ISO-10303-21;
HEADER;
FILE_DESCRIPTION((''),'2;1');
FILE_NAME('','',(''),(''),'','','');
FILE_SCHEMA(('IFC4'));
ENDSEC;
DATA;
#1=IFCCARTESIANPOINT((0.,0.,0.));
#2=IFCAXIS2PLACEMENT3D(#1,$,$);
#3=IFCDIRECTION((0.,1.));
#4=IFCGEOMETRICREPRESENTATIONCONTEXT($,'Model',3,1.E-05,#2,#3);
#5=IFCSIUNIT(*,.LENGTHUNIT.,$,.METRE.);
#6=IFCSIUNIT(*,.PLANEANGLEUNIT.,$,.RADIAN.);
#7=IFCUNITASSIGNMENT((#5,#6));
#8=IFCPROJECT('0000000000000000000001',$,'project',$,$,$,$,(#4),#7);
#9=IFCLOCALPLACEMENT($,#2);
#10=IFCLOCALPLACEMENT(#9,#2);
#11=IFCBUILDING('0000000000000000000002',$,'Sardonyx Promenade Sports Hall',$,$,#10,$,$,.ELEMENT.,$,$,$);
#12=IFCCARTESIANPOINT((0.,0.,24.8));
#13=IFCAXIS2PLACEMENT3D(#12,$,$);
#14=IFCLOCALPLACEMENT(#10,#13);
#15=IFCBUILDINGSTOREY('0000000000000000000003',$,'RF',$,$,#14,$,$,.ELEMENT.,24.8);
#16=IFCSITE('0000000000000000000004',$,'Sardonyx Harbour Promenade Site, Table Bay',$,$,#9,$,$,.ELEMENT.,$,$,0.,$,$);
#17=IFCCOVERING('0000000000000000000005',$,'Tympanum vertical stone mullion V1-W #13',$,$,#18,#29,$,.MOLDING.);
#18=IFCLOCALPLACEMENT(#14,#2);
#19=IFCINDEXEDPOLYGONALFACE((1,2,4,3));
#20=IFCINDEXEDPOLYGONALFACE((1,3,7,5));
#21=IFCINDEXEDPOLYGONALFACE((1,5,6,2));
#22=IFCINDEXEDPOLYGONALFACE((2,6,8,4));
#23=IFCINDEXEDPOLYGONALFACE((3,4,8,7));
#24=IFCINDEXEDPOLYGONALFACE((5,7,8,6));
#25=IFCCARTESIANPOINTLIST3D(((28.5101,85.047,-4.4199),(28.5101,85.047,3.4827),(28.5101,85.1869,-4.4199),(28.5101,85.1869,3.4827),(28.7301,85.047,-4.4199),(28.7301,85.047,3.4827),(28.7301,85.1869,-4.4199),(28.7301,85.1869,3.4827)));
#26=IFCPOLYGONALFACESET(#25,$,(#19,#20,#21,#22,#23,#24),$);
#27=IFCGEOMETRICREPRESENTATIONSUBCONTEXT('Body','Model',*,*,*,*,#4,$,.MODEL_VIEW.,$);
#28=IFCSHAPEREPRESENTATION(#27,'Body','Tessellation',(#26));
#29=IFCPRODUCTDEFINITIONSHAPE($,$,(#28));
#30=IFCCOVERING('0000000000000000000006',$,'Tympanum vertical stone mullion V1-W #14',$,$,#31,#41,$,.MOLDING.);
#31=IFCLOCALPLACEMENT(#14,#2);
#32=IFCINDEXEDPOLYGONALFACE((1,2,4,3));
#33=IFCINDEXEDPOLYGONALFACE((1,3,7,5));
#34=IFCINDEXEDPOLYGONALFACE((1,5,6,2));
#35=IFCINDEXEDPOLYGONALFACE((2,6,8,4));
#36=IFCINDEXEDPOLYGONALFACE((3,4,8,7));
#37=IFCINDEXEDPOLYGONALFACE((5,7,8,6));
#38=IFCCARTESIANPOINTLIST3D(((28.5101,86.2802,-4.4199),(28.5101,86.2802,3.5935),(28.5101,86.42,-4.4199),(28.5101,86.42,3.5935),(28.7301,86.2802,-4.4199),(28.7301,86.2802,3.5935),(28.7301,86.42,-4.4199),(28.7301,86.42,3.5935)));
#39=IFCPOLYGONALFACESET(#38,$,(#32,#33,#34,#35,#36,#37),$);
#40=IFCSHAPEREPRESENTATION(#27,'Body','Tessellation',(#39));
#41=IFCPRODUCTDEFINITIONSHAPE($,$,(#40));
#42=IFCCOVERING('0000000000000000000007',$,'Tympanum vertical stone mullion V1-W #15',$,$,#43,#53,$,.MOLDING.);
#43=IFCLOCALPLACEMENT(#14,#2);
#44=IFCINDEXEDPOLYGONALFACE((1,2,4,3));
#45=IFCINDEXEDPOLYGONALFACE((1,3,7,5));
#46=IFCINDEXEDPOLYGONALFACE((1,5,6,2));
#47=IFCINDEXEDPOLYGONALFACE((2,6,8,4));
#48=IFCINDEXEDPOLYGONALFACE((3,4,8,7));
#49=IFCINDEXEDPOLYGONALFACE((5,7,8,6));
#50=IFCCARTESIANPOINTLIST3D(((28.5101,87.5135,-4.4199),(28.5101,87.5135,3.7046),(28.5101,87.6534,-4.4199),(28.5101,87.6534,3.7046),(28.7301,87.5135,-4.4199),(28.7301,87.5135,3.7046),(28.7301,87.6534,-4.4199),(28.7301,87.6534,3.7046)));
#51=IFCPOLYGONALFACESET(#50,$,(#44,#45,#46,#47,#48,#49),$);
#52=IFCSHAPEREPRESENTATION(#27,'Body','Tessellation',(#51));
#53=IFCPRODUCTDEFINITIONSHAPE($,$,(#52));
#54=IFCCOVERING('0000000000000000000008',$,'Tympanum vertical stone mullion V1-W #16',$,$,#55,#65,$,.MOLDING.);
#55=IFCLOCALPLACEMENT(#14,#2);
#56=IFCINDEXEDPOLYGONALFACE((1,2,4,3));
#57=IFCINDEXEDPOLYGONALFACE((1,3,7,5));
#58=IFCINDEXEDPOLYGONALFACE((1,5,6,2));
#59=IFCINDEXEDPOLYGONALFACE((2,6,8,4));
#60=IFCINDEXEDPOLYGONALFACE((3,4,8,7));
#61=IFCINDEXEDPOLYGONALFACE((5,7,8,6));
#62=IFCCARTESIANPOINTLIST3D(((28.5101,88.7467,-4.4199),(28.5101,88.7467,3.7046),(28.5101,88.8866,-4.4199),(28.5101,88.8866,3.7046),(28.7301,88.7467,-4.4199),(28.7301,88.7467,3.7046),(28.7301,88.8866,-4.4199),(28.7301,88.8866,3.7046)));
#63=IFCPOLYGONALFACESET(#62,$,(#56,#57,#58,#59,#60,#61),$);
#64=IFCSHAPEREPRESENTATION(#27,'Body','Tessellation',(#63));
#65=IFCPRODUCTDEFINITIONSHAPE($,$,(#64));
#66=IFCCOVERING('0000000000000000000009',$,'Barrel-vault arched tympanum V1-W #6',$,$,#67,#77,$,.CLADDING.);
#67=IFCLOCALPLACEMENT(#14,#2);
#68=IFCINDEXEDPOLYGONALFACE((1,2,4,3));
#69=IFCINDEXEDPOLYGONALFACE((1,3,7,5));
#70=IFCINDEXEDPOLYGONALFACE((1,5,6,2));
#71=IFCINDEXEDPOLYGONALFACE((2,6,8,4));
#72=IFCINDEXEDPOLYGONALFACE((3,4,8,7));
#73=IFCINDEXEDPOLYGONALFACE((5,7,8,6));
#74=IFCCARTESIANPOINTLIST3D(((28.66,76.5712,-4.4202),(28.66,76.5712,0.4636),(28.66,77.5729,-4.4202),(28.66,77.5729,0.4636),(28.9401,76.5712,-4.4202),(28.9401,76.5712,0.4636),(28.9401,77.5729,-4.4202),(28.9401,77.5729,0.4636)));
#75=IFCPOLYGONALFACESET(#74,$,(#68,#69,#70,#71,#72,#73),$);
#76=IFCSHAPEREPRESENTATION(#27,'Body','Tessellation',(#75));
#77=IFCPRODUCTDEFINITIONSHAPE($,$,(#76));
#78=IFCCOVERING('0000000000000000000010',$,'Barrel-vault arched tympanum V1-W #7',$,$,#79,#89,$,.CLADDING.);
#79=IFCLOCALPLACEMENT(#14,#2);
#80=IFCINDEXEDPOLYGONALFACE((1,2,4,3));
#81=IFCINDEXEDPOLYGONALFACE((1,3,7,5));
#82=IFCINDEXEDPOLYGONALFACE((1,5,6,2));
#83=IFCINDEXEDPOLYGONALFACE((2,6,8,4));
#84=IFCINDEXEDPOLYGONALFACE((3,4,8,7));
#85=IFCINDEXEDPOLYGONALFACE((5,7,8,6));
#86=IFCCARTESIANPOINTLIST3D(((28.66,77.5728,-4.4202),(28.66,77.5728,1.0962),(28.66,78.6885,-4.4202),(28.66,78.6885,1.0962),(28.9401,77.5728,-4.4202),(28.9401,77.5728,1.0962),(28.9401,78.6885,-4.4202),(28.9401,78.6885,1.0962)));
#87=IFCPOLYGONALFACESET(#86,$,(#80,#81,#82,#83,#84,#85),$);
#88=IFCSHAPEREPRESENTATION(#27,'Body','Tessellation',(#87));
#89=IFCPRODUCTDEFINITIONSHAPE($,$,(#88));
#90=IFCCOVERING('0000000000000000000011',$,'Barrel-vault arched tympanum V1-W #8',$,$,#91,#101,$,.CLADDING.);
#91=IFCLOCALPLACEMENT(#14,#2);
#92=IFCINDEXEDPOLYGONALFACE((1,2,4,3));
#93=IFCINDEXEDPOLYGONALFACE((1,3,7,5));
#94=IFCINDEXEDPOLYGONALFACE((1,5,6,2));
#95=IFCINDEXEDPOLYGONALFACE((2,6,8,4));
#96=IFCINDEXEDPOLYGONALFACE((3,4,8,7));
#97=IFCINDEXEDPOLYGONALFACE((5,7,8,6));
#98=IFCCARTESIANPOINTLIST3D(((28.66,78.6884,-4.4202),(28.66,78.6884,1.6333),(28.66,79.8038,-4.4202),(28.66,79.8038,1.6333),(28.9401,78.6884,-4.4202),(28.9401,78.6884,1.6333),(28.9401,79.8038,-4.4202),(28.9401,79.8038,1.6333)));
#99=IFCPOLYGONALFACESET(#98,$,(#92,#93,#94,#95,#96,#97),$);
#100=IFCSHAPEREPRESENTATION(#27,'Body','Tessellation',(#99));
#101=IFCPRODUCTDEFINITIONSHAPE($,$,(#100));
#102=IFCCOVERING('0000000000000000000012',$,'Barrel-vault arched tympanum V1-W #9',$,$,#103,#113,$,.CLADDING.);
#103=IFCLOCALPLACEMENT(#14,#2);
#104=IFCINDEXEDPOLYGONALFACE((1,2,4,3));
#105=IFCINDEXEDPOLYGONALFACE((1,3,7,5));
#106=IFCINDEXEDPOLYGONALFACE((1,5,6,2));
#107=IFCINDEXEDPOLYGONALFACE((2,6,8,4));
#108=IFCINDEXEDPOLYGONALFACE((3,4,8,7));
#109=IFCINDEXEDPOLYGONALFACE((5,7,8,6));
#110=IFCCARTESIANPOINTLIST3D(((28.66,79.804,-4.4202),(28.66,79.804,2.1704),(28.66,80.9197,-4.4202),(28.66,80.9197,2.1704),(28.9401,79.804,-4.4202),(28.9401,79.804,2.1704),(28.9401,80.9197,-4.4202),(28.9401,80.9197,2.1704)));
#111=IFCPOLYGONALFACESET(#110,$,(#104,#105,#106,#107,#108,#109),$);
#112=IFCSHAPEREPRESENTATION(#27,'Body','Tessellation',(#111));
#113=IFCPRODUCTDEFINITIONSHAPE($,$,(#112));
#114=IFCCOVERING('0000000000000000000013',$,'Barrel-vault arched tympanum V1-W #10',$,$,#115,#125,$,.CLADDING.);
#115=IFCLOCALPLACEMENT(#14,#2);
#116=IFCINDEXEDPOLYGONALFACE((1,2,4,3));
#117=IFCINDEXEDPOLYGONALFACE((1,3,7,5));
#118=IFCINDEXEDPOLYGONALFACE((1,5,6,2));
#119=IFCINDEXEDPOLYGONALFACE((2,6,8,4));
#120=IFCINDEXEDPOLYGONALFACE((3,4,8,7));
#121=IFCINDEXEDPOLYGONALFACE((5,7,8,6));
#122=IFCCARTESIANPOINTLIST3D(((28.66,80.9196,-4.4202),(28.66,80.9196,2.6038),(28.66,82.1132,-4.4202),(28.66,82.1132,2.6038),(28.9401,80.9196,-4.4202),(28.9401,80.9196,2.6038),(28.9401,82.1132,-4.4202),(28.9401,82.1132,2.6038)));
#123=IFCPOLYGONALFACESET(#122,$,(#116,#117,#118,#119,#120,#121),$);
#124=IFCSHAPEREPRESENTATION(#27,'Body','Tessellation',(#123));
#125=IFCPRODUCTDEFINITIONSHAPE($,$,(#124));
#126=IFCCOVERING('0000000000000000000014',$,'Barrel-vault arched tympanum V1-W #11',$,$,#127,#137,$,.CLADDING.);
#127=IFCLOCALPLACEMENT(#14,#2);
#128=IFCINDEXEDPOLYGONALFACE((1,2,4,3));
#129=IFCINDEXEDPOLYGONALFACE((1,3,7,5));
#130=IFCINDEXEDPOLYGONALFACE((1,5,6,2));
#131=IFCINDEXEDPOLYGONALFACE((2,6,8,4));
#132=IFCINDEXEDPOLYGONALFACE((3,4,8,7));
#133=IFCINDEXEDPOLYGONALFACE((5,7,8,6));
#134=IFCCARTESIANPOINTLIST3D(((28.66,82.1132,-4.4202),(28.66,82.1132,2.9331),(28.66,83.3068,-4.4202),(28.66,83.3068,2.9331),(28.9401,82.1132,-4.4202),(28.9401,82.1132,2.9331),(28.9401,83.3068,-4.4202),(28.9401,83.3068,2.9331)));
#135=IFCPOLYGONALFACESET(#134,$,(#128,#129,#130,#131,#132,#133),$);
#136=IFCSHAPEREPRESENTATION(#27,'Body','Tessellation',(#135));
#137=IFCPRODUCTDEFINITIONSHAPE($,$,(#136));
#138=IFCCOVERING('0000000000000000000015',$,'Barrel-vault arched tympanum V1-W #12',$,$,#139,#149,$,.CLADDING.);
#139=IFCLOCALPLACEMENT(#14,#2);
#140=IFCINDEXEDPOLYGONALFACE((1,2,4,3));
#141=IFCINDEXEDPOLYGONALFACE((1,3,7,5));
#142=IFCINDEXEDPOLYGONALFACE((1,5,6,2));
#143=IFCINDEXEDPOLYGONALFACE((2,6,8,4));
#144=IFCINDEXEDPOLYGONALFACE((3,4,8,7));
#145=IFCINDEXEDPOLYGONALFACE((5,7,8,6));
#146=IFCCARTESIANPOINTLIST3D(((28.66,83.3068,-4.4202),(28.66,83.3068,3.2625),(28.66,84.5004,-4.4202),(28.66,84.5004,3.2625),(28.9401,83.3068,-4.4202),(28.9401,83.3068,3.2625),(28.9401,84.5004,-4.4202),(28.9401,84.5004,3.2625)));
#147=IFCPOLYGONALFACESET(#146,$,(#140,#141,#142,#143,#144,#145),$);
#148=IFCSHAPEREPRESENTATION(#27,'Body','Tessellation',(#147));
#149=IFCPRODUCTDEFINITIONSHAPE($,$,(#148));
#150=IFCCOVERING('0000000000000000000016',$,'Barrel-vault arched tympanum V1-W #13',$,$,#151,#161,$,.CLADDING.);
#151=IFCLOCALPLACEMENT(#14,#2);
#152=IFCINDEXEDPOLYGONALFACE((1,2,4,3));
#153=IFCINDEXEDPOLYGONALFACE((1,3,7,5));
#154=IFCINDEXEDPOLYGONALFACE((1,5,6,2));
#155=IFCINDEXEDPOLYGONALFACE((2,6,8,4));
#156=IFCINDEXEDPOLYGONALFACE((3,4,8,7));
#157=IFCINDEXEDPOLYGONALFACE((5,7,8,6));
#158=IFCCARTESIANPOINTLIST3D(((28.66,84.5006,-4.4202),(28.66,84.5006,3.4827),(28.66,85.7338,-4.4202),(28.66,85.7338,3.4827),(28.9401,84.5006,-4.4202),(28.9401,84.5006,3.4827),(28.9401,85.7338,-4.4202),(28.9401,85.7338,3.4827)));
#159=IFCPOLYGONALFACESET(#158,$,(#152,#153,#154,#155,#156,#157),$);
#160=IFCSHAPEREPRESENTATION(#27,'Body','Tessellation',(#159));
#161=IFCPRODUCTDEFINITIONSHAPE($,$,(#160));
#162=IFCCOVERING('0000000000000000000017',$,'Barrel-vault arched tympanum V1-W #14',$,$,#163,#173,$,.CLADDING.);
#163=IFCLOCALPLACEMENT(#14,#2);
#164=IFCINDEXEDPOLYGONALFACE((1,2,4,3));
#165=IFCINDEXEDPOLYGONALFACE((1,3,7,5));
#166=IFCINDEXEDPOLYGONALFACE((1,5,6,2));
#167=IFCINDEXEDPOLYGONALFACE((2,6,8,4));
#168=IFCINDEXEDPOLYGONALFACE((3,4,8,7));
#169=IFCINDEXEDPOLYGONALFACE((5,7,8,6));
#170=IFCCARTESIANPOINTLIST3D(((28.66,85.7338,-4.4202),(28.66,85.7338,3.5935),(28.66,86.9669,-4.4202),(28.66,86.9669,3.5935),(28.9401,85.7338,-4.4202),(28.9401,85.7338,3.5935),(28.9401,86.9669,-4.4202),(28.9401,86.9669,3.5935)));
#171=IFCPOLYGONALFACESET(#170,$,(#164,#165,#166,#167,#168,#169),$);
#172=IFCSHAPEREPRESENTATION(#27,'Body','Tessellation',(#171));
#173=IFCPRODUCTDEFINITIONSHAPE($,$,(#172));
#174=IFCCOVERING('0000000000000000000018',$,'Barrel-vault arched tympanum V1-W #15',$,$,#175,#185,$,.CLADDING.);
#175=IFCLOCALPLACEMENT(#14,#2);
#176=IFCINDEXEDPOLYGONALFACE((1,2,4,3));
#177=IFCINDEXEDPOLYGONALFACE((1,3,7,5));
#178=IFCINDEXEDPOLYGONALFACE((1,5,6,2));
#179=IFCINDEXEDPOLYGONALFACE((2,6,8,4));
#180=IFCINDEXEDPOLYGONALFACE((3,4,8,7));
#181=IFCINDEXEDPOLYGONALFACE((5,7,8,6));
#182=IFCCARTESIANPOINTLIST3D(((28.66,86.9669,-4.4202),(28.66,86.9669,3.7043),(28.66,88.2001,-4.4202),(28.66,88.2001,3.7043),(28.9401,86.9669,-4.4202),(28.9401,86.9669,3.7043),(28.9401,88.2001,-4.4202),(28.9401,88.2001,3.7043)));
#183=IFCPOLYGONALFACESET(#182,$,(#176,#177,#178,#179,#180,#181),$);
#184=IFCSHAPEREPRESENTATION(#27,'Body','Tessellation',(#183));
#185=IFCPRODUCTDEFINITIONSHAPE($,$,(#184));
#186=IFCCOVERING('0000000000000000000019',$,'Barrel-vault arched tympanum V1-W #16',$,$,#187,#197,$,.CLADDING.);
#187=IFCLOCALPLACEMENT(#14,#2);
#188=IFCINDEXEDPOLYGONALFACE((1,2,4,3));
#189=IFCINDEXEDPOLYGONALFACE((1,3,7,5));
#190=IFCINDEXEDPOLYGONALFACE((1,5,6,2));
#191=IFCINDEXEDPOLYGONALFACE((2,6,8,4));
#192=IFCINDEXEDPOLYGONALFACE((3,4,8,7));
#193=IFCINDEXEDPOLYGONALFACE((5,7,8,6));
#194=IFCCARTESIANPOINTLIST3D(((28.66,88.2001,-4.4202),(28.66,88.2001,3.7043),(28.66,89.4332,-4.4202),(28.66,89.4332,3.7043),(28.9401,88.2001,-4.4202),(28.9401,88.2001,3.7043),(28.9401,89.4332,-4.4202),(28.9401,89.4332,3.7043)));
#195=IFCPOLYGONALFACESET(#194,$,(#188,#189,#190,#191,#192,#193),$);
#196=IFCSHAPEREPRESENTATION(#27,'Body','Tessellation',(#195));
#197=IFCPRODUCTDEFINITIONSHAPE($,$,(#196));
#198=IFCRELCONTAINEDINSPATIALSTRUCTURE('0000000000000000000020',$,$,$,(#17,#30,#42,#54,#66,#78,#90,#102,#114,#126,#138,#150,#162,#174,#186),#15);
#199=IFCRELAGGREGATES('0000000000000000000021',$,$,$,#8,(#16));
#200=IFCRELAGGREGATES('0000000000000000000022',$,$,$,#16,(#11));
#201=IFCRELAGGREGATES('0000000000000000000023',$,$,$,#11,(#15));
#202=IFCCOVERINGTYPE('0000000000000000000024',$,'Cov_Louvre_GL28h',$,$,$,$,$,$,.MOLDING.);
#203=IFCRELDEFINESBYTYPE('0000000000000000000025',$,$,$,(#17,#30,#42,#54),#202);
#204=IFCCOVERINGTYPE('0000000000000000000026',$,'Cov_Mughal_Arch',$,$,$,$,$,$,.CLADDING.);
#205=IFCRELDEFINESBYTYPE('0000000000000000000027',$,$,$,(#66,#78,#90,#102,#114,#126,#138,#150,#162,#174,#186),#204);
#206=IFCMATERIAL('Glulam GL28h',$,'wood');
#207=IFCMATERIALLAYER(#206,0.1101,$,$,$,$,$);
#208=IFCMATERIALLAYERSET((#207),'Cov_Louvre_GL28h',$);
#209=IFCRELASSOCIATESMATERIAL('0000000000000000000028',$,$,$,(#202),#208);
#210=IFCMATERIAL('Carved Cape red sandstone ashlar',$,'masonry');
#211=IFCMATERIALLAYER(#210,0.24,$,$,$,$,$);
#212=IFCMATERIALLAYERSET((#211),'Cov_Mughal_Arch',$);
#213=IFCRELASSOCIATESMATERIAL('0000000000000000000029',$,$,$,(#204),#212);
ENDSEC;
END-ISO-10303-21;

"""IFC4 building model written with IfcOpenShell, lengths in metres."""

from ifc_helpers import new_model, si_unit, direction, frame, frame_2d, origin, origin_2d, place, context, subcontext, project, spatial, rectangle, extrude, material, layer, layer_set, type_object, element, save


model = new_model("IFC4")

# Units and contexts
model_context = context("Model", 3, precision=1e-05, world=origin(), true_north=direction((0.0, 1.0)))
body_context = subcontext(model_context, "Body", "Model", "MODEL_VIEW")
ifc_project = project(units=[si_unit("LENGTHUNIT", "METRE"), si_unit("PLANEANGLEUNIT", "RADIAN")], contexts=[model_context])

# Site, building, storey
site_placement = place(None, origin())
site = spatial("IfcSite", under=ifc_project, at=site_placement, Name="Sardonyx Harbour Promenade Site, Table Bay", CompositionType="ELEMENT", RefElevation=0.0)
building_placement = place(site_placement, origin())
building = spatial("IfcBuilding", under=site, at=building_placement, Name="Sardonyx Promenade Sports Hall", CompositionType="ELEMENT")
storey_placement = place(building_placement, frame((0.0, 0.0, 24.8)))
storey = spatial("IfcBuildingStorey", under=building, at=storey_placement, Name="RF", CompositionType="ELEMENT", Elevation=24.8)

# Coverings
ifc_material_1 = material(Name="Glulam GL28h", Category="wood")
ifc_layer_1 = layer(ifc_material_1, 0.1101)
ifc_layer_set_1 = layer_set([ifc_layer_1], Name="Cov_Louvre_GL28h")
covering_type_1 = type_object("IfcCoveringType", Name="Cov_Louvre_GL28h", PredefinedType="MOLDING", material=ifc_layer_set_1)
covering_1_placement = place(storey_placement, frame((28.6201, 85.1169, -4.4199), z_axis=(0.0, 0.0, 1.0), x_axis=(1.0, 0.0, 0.0)))
element("IfcCovering", 1, at=covering_1_placement, inside=storey, type_object=covering_type_1, Name="Tympanum vertical stone mullion V1-W #13", PredefinedType="MOLDING", context=body_context, shape_type="SweptSolid", body=[
    extrude(rectangle(XDim=0.22, YDim=0.1399, at=origin_2d()), origin(), (0.0, 0.0, 1.0), 7.9026),
])
covering_2_placement = place(storey_placement, frame((28.6201, 86.3501, -4.4199), z_axis=(0.0, 0.0, 1.0), x_axis=(1.0, 0.0, 0.0)))
element("IfcCovering", 2, at=covering_2_placement, inside=storey, type_object=covering_type_1, Name="Tympanum vertical stone mullion V1-W #14", PredefinedType="MOLDING", context=body_context, shape_type="SweptSolid", body=[
    extrude(rectangle(XDim=0.22, YDim=0.1399, at=origin_2d()), origin(), (0.0, 0.0, 1.0), 8.0134),
])
for number, where, z_axis, x_axis, name in (
    (3, (28.6201, 87.5835, -4.4199), (0.0, 0.0, 1.0), (1.0, 0.0, 0.0), "Tympanum vertical stone mullion V1-W #15"),
    (4, (28.6201, 88.8167, -4.4199), (0.0, 0.0, 1.0), (1.0, 0.0, 0.0), "Tympanum vertical stone mullion V1-W #16"),
):
    element("IfcCovering", number, at=place(storey_placement, frame(where, z_axis=z_axis, x_axis=x_axis)), inside=storey, type_object=covering_type_1, Name=name, PredefinedType="MOLDING", context=body_context, shape_type="SweptSolid", body=[
        extrude(rectangle(XDim=0.22, YDim=0.1399, at=origin_2d()), origin(), (0.0, 0.0, 1.0), 8.1245),
    ])
ifc_material_2 = material(Name="Carved Cape red sandstone ashlar", Category="masonry")
ifc_layer_2 = layer(ifc_material_2, 0.24)
ifc_layer_set_2 = layer_set([ifc_layer_2], Name="Cov_Mughal_Arch")
covering_type_2 = type_object("IfcCoveringType", Name="Cov_Mughal_Arch", PredefinedType="CLADDING", material=ifc_layer_set_2)
covering_3_placement = place(storey_placement, frame((28.8, 76.571, -4.4202), z_axis=(0.0, 0.0, 1.0), x_axis=(0.0, 1.0, 0.0)))
element("IfcCovering", 5, at=covering_3_placement, inside=storey, type_object=covering_type_2, Name="Barrel-vault arched tympanum V1-W #6", PredefinedType="CLADDING", context=body_context, shape_type="SweptSolid", body=[
    extrude(rectangle(XDim=1.0017, YDim=0.28, at=frame_2d((0.501, 0.0))), origin(), (0.0, 0.0, 1.0), 4.8838),
])
covering_4_placement = place(storey_placement, frame((28.8, 77.5728, -4.4202), z_axis=(0.0, 0.0, 1.0), x_axis=(0.0, 1.0, 0.0)))
element("IfcCovering", 6, at=covering_4_placement, inside=storey, type_object=covering_type_2, Name="Barrel-vault arched tympanum V1-W #7", PredefinedType="CLADDING", context=body_context, shape_type="SweptSolid", body=[
    extrude(rectangle(XDim=1.1157, YDim=0.28, at=frame_2d((0.5579, 0.0))), origin(), (0.0, 0.0, 1.0), 5.5164),
])
covering_5_placement = place(storey_placement, frame((28.8, 78.6885, -4.4202), z_axis=(0.0, 0.0, 1.0), x_axis=(0.0, 1.0, 0.0)))
element("IfcCovering", 7, at=covering_5_placement, inside=storey, type_object=covering_type_2, Name="Barrel-vault arched tympanum V1-W #8", PredefinedType="CLADDING", context=body_context, shape_type="SweptSolid", body=[
    extrude(rectangle(XDim=1.1155, YDim=0.28, at=frame_2d((0.5576, 0.0))), origin(), (0.0, 0.0, 1.0), 6.0535),
])
covering_6_placement = place(storey_placement, frame((28.8, 79.804, -4.4202), z_axis=(0.0, 0.0, 1.0), x_axis=(0.0, 1.0, 0.0)))
element("IfcCovering", 8, at=covering_6_placement, inside=storey, type_object=covering_type_2, Name="Barrel-vault arched tympanum V1-W #9", PredefinedType="CLADDING", context=body_context, shape_type="SweptSolid", body=[
    extrude(rectangle(XDim=1.1157, YDim=0.28, at=frame_2d((0.5579, 0.0))), origin(), (0.0, 0.0, 1.0), 6.5906),
])
covering_7_placement = place(storey_placement, frame((28.8, 80.9197, -4.4202), z_axis=(0.0, 0.0, 1.0), x_axis=(0.0, 1.0, 0.0)))
element("IfcCovering", 9, at=covering_7_placement, inside=storey, type_object=covering_type_2, Name="Barrel-vault arched tympanum V1-W #10", PredefinedType="CLADDING", context=body_context, shape_type="SweptSolid", body=[
    extrude(rectangle(XDim=1.1936, YDim=0.28, at=frame_2d((0.5967, 0.0))), origin(), (0.0, 0.0, 1.0), 7.0239),
])
covering_8_placement = place(storey_placement, frame((28.8, 82.1133, -4.4202), z_axis=(0.0, 0.0, 1.0), x_axis=(0.0, 1.0, 0.0)))
element("IfcCovering", 10, at=covering_8_placement, inside=storey, type_object=covering_type_2, Name="Barrel-vault arched tympanum V1-W #11", PredefinedType="CLADDING", context=body_context, shape_type="SweptSolid", body=[
    extrude(rectangle(XDim=1.1936, YDim=0.28, at=frame_2d((0.5967, 0.0))), origin(), (0.0, 0.0, 1.0), 7.3533),
])
covering_9_placement = place(storey_placement, frame((28.8, 83.3069, -4.4202), z_axis=(0.0, 0.0, 1.0), x_axis=(0.0, 1.0, 0.0)))
element("IfcCovering", 11, at=covering_9_placement, inside=storey, type_object=covering_type_2, Name="Barrel-vault arched tympanum V1-W #12", PredefinedType="CLADDING", context=body_context, shape_type="SweptSolid", body=[
    extrude(rectangle(XDim=1.1936, YDim=0.28, at=frame_2d((0.5967, 0.0))), origin(), (0.0, 0.0, 1.0), 7.6826),
])
covering_10_placement = place(storey_placement, frame((28.8, 84.5005, -4.4202), z_axis=(0.0, 0.0, 1.0), x_axis=(0.0, 1.0, 0.0)))
element("IfcCovering", 12, at=covering_10_placement, inside=storey, type_object=covering_type_2, Name="Barrel-vault arched tympanum V1-W #13", PredefinedType="CLADDING", context=body_context, shape_type="SweptSolid", body=[
    extrude(rectangle(XDim=1.2332, YDim=0.28, at=frame_2d((0.6167, 0.0))), origin(), (0.0, 0.0, 1.0), 7.9028),
])
covering_11_placement = place(storey_placement, frame((28.8, 85.7336, -4.4202), z_axis=(0.0, 0.0, 1.0), x_axis=(0.0, 1.0, 0.0)))
element("IfcCovering", 13, at=covering_11_placement, inside=storey, type_object=covering_type_2, Name="Barrel-vault arched tympanum V1-W #14", PredefinedType="CLADDING", context=body_context, shape_type="SweptSolid", body=[
    extrude(rectangle(XDim=1.2332, YDim=0.28, at=frame_2d((0.6167, 0.0))), origin(), (0.0, 0.0, 1.0), 8.0137),
])
for number, where, z_axis, x_axis, name in (
    (14, (28.8, 86.9668, -4.4202), (0.0, 0.0, 1.0), (0.0, 1.0, 0.0), "Barrel-vault arched tympanum V1-W #15"),
    (15, (28.8, 88.2, -4.4202), (0.0, 0.0, 1.0), (0.0, 1.0, 0.0), "Barrel-vault arched tympanum V1-W #16"),
):
    element("IfcCovering", number, at=place(storey_placement, frame(where, z_axis=z_axis, x_axis=x_axis)), inside=storey, type_object=covering_type_2, Name=name, PredefinedType="CLADDING", context=body_context, shape_type="SweptSolid", body=[
        extrude(rectangle(XDim=1.2332, YDim=0.28, at=frame_2d((0.6167, 0.0))), origin(), (0.0, 0.0, 1.0), 8.1245),
    ])

save(model, "model.ifc")
